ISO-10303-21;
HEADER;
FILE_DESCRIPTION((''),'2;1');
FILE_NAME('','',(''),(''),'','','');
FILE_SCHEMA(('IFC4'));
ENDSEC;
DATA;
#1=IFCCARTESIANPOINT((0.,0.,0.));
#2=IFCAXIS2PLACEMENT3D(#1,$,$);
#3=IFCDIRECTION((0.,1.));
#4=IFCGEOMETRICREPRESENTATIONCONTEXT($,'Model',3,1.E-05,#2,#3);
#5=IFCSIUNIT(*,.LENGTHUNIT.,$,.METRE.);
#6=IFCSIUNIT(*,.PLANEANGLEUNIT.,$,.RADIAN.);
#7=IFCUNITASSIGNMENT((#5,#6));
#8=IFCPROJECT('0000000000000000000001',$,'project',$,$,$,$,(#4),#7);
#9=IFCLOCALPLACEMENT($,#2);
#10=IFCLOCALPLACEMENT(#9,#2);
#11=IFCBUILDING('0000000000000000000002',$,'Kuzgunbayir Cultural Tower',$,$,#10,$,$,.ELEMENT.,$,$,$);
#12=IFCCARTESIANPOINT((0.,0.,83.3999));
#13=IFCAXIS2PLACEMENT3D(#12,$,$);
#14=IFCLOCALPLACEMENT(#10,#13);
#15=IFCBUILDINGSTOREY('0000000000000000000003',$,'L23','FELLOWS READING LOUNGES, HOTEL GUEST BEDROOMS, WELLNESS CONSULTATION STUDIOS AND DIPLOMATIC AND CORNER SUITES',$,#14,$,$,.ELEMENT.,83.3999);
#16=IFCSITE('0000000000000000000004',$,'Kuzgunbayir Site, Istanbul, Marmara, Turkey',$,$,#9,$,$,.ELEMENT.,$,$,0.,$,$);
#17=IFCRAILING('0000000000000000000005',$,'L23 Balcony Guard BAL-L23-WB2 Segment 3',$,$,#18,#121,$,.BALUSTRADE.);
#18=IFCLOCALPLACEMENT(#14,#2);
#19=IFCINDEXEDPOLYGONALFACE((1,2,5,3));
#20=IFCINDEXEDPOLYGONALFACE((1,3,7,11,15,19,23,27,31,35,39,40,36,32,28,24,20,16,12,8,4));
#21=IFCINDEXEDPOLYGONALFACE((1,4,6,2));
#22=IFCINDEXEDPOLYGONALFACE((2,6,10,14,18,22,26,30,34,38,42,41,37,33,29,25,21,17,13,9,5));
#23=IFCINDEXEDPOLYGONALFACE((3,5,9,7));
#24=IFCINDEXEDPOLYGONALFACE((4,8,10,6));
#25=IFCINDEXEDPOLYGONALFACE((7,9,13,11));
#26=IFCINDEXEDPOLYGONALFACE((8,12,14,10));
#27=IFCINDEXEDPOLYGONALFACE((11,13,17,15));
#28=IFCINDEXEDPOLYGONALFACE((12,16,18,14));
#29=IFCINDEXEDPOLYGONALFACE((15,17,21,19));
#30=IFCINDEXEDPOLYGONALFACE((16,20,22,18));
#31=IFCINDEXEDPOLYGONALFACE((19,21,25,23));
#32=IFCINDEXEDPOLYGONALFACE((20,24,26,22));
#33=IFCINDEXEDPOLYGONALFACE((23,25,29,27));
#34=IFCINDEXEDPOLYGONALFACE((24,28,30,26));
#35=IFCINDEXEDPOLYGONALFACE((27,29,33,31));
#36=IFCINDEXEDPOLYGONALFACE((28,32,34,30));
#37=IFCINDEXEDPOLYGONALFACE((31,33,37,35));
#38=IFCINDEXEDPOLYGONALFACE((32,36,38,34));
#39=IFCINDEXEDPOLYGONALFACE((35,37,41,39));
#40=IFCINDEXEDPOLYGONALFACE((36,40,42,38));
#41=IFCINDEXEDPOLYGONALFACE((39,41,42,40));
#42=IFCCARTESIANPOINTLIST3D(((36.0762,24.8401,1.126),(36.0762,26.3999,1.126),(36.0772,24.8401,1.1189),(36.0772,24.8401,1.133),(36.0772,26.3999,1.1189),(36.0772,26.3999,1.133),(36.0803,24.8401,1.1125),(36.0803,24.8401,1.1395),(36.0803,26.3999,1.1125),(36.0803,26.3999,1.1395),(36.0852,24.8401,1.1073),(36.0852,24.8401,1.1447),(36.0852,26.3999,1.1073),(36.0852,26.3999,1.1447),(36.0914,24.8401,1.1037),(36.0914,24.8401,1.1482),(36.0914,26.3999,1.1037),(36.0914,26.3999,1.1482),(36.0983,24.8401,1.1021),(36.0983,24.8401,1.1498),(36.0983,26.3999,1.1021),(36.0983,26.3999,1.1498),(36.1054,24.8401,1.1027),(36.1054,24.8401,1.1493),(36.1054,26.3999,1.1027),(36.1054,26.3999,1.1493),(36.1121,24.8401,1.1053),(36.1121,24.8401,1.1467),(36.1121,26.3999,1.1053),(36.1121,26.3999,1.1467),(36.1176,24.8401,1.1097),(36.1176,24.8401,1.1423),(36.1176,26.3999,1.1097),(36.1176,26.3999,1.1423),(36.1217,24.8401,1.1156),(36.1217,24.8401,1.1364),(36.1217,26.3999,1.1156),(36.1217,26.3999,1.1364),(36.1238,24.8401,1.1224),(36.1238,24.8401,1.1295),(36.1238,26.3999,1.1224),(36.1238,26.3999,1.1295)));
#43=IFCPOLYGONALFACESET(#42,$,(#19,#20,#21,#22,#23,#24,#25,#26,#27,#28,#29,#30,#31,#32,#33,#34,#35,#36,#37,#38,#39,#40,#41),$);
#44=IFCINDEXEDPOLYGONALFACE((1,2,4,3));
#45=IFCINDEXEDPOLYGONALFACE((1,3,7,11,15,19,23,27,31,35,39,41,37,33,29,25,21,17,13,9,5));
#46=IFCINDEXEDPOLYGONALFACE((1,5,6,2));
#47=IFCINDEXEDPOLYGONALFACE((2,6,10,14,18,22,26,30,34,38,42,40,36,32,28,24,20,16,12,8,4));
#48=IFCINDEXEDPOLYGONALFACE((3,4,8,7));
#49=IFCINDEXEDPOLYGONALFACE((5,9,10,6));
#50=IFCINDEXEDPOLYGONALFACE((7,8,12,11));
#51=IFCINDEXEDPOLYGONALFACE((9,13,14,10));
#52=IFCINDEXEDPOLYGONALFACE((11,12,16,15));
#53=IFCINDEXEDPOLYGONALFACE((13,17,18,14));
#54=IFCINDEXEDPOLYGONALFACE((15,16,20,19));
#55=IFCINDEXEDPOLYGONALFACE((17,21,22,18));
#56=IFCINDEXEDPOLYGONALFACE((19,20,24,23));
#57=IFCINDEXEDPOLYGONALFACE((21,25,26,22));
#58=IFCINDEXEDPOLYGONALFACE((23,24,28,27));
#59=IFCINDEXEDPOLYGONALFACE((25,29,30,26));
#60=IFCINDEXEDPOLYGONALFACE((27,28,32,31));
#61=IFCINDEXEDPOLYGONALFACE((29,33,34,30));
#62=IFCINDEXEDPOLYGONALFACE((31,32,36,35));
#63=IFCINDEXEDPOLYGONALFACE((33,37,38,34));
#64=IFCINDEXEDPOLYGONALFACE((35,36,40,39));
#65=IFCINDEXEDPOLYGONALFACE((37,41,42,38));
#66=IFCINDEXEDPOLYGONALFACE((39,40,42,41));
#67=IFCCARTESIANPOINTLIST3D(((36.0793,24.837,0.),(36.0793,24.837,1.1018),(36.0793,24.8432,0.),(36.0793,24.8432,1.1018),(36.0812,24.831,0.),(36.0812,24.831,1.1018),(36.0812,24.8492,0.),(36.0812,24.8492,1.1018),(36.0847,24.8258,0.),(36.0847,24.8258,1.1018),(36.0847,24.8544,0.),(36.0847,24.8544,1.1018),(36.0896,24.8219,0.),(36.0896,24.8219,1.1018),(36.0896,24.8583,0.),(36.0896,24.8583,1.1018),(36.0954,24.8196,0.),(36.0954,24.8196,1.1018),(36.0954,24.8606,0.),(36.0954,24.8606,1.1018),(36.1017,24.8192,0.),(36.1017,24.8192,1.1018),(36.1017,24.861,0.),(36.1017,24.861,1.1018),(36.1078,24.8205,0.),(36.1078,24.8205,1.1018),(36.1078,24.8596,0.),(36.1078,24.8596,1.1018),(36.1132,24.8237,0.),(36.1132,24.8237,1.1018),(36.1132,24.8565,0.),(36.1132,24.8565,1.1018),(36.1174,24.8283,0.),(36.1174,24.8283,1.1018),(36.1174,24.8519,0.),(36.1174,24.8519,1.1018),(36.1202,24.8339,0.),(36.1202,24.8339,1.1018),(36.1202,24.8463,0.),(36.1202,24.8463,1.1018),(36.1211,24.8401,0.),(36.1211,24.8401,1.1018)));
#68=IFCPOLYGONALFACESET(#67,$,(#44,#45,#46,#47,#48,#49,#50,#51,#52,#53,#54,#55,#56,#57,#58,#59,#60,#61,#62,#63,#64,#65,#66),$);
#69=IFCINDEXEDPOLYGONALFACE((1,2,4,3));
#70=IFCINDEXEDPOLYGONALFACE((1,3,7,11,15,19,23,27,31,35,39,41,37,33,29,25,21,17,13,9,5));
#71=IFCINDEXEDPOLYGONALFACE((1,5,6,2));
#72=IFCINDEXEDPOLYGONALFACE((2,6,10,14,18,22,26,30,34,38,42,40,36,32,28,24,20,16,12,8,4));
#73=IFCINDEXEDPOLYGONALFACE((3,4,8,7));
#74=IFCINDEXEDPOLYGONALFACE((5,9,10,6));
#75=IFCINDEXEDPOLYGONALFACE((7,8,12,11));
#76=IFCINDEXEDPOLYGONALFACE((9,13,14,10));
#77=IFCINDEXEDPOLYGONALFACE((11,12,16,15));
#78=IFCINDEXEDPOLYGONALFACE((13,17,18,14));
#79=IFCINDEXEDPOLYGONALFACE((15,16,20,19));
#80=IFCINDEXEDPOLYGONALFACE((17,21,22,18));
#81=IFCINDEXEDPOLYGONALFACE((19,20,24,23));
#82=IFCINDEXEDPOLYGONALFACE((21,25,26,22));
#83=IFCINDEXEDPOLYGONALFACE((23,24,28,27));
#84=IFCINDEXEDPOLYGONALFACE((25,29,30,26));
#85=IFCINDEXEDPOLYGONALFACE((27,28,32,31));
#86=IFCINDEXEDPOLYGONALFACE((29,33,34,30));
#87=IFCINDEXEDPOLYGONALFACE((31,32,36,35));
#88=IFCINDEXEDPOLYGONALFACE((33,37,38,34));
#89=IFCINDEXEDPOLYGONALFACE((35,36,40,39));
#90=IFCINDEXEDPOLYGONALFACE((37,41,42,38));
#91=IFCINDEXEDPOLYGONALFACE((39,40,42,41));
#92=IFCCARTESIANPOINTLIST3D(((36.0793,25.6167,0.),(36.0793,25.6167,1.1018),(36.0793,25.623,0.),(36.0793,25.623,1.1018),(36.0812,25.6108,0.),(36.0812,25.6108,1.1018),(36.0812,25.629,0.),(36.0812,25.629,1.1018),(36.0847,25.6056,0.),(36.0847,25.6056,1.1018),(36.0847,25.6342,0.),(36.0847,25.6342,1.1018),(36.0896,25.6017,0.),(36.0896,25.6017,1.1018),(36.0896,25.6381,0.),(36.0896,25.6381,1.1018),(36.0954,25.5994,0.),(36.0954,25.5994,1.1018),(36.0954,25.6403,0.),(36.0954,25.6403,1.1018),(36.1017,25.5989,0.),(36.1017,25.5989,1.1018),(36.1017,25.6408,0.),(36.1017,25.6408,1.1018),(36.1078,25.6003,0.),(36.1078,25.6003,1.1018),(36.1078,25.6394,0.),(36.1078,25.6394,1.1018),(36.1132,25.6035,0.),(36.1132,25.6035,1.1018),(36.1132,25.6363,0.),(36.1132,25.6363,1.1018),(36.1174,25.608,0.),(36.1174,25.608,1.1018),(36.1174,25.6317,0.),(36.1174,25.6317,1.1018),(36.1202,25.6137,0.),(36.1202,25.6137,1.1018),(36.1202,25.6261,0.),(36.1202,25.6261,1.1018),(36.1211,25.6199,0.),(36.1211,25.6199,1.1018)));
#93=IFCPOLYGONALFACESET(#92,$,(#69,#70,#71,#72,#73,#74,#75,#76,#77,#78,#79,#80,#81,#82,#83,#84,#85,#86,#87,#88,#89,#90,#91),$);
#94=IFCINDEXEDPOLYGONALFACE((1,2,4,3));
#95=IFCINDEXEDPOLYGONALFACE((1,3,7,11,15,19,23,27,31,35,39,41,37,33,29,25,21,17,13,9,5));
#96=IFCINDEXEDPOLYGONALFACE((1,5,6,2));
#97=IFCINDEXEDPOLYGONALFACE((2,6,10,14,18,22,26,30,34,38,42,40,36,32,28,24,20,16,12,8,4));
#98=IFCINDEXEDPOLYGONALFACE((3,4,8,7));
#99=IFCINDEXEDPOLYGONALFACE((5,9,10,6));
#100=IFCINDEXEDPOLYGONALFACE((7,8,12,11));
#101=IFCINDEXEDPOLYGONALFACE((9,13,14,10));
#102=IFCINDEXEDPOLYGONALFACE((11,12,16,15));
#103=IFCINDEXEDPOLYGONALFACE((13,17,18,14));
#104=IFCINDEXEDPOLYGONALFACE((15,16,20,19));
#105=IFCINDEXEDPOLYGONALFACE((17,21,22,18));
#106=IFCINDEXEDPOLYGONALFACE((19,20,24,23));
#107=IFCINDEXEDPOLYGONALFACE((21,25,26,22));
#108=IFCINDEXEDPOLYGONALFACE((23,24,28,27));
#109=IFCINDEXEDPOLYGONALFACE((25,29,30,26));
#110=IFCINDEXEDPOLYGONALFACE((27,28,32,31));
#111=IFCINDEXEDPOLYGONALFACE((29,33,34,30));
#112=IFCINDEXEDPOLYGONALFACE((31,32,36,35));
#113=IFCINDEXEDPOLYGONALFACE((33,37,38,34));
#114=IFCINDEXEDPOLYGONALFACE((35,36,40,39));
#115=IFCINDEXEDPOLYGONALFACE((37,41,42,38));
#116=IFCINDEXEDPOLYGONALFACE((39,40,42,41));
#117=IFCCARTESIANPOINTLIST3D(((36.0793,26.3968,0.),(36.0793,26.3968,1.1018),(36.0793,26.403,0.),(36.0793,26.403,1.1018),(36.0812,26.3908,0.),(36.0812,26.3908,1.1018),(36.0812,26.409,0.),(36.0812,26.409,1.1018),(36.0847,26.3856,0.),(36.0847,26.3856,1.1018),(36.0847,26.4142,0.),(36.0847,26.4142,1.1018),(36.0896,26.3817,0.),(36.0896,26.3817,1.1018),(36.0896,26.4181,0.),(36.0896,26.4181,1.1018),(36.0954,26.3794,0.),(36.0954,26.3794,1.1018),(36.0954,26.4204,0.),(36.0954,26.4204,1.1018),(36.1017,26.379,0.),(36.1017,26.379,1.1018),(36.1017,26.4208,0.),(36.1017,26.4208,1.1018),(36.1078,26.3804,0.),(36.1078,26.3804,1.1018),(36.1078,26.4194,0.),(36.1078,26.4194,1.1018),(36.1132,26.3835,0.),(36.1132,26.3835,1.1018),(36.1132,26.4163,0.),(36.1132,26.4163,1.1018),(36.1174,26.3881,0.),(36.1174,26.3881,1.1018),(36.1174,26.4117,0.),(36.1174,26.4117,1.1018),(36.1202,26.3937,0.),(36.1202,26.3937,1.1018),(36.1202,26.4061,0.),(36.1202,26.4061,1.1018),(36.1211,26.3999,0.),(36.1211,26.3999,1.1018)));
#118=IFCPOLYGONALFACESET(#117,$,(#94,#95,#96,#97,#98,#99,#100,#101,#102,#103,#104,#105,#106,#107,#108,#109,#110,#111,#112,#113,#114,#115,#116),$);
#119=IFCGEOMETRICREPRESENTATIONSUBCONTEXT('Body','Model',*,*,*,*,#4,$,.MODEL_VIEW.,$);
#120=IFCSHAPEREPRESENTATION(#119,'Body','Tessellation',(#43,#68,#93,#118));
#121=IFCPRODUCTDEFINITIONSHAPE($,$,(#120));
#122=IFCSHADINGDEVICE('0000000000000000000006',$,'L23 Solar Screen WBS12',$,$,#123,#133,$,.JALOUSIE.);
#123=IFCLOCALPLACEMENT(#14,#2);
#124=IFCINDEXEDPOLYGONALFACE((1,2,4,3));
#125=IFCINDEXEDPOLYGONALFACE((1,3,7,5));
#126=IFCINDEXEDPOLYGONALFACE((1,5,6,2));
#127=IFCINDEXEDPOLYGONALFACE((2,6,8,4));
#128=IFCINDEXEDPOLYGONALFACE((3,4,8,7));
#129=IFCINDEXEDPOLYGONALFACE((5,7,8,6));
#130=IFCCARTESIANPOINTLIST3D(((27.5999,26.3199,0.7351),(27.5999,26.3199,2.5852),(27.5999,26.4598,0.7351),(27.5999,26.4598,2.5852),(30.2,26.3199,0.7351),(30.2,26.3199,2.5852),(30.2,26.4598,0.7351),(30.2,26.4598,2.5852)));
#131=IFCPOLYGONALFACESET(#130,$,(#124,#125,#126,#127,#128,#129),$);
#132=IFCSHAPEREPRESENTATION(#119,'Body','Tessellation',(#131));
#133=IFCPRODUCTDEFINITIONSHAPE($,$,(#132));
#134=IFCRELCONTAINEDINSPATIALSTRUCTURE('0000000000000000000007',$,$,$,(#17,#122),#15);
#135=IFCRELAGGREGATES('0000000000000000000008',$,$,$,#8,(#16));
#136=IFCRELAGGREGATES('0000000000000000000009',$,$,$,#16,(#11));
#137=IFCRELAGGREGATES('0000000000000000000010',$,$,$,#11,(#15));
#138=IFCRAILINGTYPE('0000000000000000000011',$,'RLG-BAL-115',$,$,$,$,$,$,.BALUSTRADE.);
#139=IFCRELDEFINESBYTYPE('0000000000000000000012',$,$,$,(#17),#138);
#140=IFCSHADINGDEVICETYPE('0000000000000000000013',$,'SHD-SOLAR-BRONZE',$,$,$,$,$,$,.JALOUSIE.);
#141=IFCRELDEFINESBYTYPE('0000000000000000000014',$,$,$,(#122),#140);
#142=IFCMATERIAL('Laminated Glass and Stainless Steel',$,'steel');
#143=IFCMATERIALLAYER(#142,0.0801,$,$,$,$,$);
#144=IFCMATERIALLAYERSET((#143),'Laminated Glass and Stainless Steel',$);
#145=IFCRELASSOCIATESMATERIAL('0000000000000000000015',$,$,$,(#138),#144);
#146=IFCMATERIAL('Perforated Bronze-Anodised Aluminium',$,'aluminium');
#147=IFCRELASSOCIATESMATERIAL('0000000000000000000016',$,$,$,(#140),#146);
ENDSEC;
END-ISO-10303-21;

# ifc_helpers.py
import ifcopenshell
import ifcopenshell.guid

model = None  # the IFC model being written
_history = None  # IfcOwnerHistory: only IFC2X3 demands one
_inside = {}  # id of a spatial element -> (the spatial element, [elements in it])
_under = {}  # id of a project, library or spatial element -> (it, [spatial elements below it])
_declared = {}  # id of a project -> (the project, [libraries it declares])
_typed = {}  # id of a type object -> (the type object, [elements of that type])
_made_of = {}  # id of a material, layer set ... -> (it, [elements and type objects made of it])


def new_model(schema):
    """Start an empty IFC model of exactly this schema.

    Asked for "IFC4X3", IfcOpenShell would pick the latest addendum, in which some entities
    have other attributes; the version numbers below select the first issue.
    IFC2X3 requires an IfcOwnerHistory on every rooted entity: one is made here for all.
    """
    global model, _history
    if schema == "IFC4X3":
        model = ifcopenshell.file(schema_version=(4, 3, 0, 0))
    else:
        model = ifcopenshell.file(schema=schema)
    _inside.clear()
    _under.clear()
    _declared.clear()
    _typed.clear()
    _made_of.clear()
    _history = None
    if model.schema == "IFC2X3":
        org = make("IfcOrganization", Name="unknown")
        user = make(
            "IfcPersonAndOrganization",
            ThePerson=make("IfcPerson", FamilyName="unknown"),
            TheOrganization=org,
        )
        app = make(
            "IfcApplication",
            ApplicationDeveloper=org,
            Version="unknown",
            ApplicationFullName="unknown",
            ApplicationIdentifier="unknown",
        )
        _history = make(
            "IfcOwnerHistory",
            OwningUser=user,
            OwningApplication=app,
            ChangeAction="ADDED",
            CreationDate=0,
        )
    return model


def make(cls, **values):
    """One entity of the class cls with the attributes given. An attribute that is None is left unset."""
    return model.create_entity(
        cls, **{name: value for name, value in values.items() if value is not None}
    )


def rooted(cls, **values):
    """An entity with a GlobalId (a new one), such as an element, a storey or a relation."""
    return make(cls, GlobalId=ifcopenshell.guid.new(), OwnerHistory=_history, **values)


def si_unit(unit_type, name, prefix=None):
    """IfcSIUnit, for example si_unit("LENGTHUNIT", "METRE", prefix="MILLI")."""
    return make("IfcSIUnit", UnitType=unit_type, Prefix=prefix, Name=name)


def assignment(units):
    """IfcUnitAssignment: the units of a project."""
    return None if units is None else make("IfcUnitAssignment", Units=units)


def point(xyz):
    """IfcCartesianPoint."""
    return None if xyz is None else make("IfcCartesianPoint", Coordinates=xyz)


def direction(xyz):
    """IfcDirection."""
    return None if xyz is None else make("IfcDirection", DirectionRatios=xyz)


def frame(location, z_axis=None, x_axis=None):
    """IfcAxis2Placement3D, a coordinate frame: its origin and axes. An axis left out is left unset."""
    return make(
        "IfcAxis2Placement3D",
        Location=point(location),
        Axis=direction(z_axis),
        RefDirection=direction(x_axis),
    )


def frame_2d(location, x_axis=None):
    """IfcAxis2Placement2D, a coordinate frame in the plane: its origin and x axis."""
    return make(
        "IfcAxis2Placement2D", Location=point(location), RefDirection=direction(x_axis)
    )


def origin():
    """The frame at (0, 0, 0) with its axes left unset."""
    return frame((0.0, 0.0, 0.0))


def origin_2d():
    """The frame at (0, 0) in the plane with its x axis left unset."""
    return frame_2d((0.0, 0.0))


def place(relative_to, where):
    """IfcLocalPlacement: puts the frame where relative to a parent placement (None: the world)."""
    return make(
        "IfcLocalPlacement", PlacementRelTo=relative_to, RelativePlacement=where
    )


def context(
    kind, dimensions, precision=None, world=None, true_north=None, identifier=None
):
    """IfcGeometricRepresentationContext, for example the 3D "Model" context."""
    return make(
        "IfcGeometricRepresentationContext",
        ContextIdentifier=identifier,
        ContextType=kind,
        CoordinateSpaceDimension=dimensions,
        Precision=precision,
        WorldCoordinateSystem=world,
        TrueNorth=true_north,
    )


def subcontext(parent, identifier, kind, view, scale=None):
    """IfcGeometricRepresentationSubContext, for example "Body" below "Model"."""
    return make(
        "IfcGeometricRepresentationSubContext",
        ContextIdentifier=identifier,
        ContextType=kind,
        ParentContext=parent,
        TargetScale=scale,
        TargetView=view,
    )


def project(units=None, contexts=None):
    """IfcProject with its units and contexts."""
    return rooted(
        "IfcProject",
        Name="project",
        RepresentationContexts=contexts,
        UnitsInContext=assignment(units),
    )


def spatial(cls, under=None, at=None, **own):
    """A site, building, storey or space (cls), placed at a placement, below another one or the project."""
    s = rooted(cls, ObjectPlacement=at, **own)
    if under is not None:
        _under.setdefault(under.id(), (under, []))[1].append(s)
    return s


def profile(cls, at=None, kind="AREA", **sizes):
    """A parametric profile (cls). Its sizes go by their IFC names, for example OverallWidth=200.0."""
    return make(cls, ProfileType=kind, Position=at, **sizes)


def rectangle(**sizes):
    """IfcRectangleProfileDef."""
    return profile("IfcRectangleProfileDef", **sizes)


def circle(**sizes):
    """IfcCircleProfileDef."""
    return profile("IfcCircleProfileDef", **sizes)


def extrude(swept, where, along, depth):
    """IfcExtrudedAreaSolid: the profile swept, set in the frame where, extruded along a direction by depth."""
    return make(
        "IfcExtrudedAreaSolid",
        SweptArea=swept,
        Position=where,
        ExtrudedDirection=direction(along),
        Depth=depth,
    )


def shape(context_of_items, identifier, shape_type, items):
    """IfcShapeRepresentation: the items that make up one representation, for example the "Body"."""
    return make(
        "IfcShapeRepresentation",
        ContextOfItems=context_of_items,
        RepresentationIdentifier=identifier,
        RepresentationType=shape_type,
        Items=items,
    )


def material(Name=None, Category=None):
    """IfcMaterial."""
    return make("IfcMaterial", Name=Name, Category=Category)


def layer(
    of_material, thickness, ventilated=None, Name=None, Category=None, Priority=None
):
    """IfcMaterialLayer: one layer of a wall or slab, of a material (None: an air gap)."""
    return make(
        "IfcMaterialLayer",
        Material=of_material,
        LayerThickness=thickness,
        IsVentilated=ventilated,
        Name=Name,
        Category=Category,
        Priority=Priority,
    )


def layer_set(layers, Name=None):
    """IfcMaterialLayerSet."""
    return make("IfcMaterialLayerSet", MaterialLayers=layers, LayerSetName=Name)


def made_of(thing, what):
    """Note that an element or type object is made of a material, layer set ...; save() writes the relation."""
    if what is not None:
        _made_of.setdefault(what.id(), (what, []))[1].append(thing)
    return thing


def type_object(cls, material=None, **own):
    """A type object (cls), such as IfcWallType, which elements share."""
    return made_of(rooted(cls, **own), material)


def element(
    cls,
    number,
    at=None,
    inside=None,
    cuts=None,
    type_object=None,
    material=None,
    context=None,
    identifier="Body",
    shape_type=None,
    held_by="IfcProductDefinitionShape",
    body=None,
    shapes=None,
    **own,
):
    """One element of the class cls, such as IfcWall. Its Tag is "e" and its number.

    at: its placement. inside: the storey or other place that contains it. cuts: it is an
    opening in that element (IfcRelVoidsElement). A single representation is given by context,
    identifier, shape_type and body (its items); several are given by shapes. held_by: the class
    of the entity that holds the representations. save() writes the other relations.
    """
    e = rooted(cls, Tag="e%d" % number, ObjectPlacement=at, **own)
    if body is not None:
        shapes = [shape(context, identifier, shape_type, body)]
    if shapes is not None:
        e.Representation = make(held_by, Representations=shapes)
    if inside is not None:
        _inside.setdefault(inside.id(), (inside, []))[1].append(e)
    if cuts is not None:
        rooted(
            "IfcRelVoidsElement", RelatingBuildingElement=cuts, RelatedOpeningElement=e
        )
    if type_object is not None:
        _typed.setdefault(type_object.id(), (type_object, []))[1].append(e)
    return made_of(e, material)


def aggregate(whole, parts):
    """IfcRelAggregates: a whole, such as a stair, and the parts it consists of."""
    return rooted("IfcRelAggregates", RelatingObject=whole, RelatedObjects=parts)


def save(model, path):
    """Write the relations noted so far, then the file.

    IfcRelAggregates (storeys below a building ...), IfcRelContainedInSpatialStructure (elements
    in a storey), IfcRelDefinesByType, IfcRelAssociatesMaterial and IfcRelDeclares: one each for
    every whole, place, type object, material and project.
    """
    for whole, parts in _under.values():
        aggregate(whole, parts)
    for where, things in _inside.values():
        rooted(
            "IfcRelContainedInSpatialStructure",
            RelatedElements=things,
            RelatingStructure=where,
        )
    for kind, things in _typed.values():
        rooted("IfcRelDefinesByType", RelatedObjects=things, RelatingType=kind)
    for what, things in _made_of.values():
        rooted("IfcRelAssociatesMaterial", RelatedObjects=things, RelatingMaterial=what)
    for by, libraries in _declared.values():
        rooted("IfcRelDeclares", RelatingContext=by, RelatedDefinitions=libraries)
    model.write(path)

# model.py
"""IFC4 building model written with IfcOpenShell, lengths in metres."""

from ifc_helpers import new_model, si_unit, direction, frame, origin, origin_2d, place, context, subcontext, project, spatial, rectangle, circle, extrude, material, layer, layer_set, type_object, element, save


model = new_model("IFC4")

# Units and contexts
model_context = context("Model", 3, precision=1e-05, world=origin(), true_north=direction((0.0, 1.0)))
body_context = subcontext(model_context, "Body", "Model", "MODEL_VIEW")
ifc_project = project(units=[si_unit("LENGTHUNIT", "METRE"), si_unit("PLANEANGLEUNIT", "RADIAN")], contexts=[model_context])

# Site, building, storey
site_placement = place(None, origin())
site = spatial("IfcSite", under=ifc_project, at=site_placement, Name="Kuzgunbayir Site, Istanbul, Marmara, Turkey", CompositionType="ELEMENT", RefElevation=0.0)
building_placement = place(site_placement, origin())
building = spatial("IfcBuilding", under=site, at=building_placement, Name="Kuzgunbayir Cultural Tower", CompositionType="ELEMENT")
storey_placement = place(building_placement, frame((0.0, 0.0, 83.3999)))
storey = spatial("IfcBuildingStorey", under=building, at=storey_placement, Name="L23", Description="FELLOWS READING LOUNGES, HOTEL GUEST BEDROOMS, WELLNESS CONSULTATION STUDIOS AND DIPLOMATIC AND CORNER SUITES", CompositionType="ELEMENT", Elevation=83.3999)

# Railing
ifc_material_1 = material(Name="Laminated Glass and Stainless Steel", Category="steel")
ifc_layer_1 = layer(ifc_material_1, 0.0801)
ifc_layer_set_1 = layer_set([ifc_layer_1], Name="Laminated Glass and Stainless Steel")
railing_type = type_object("IfcRailingType", Name="RLG-BAL-115", PredefinedType="BALUSTRADE", material=ifc_layer_set_1)
railing_1_placement = place(storey_placement, frame((36.1001, 24.8401, 0.0)))
element("IfcRailing", 1, at=railing_1_placement, inside=storey, type_object=railing_type, Name="L23 Balcony Guard BAL-L23-WB2 Segment 3", PredefinedType="BALUSTRADE", context=body_context, shape_type="SweptSolid", body=[
    extrude(circle(Radius=0.0239, at=origin_2d()), frame((0.0, 0.0, 1.126), z_axis=(0.0, 1.0, 0.0), x_axis=(-1.0, 0.0, 0.0)), (0.0, 0.0, 1.0), 1.5598),
    extrude(circle(Radius=0.021, at=origin_2d()), origin(), (0.0, 0.0, 1.0), 1.1018),
    extrude(circle(Radius=0.021, at=origin_2d()), frame((0.0, 0.7798, 0.0)), (0.0, 0.0, 1.0), 1.1018),
    extrude(circle(Radius=0.021, at=origin_2d()), frame((0.0, 1.5598, 0.0)), (0.0, 0.0, 1.0), 1.1018),
])

# Shading device
ifc_material_2 = material(Name="Perforated Bronze-Anodised Aluminium", Category="aluminium")
shading_device_type = type_object("IfcShadingDeviceType", Name="SHD-SOLAR-BRONZE", PredefinedType="JALOUSIE", material=ifc_material_2)
shading_device_placement = place(storey_placement, frame((28.8999, 26.3899, 0.7351), z_axis=(0.0, 0.0, 1.0), x_axis=(1.0, 0.0, 0.0)))
element("IfcShadingDevice", 2, at=shading_device_placement, inside=storey, type_object=shading_device_type, Name="L23 Solar Screen WBS12", PredefinedType="JALOUSIE", context=body_context, shape_type="SweptSolid", body=[
    extrude(rectangle(XDim=2.6001, YDim=0.1399, at=origin_2d()), origin(), (0.0, 0.0, 1.0), 1.8501),
])

save(model, "model.ifc")
